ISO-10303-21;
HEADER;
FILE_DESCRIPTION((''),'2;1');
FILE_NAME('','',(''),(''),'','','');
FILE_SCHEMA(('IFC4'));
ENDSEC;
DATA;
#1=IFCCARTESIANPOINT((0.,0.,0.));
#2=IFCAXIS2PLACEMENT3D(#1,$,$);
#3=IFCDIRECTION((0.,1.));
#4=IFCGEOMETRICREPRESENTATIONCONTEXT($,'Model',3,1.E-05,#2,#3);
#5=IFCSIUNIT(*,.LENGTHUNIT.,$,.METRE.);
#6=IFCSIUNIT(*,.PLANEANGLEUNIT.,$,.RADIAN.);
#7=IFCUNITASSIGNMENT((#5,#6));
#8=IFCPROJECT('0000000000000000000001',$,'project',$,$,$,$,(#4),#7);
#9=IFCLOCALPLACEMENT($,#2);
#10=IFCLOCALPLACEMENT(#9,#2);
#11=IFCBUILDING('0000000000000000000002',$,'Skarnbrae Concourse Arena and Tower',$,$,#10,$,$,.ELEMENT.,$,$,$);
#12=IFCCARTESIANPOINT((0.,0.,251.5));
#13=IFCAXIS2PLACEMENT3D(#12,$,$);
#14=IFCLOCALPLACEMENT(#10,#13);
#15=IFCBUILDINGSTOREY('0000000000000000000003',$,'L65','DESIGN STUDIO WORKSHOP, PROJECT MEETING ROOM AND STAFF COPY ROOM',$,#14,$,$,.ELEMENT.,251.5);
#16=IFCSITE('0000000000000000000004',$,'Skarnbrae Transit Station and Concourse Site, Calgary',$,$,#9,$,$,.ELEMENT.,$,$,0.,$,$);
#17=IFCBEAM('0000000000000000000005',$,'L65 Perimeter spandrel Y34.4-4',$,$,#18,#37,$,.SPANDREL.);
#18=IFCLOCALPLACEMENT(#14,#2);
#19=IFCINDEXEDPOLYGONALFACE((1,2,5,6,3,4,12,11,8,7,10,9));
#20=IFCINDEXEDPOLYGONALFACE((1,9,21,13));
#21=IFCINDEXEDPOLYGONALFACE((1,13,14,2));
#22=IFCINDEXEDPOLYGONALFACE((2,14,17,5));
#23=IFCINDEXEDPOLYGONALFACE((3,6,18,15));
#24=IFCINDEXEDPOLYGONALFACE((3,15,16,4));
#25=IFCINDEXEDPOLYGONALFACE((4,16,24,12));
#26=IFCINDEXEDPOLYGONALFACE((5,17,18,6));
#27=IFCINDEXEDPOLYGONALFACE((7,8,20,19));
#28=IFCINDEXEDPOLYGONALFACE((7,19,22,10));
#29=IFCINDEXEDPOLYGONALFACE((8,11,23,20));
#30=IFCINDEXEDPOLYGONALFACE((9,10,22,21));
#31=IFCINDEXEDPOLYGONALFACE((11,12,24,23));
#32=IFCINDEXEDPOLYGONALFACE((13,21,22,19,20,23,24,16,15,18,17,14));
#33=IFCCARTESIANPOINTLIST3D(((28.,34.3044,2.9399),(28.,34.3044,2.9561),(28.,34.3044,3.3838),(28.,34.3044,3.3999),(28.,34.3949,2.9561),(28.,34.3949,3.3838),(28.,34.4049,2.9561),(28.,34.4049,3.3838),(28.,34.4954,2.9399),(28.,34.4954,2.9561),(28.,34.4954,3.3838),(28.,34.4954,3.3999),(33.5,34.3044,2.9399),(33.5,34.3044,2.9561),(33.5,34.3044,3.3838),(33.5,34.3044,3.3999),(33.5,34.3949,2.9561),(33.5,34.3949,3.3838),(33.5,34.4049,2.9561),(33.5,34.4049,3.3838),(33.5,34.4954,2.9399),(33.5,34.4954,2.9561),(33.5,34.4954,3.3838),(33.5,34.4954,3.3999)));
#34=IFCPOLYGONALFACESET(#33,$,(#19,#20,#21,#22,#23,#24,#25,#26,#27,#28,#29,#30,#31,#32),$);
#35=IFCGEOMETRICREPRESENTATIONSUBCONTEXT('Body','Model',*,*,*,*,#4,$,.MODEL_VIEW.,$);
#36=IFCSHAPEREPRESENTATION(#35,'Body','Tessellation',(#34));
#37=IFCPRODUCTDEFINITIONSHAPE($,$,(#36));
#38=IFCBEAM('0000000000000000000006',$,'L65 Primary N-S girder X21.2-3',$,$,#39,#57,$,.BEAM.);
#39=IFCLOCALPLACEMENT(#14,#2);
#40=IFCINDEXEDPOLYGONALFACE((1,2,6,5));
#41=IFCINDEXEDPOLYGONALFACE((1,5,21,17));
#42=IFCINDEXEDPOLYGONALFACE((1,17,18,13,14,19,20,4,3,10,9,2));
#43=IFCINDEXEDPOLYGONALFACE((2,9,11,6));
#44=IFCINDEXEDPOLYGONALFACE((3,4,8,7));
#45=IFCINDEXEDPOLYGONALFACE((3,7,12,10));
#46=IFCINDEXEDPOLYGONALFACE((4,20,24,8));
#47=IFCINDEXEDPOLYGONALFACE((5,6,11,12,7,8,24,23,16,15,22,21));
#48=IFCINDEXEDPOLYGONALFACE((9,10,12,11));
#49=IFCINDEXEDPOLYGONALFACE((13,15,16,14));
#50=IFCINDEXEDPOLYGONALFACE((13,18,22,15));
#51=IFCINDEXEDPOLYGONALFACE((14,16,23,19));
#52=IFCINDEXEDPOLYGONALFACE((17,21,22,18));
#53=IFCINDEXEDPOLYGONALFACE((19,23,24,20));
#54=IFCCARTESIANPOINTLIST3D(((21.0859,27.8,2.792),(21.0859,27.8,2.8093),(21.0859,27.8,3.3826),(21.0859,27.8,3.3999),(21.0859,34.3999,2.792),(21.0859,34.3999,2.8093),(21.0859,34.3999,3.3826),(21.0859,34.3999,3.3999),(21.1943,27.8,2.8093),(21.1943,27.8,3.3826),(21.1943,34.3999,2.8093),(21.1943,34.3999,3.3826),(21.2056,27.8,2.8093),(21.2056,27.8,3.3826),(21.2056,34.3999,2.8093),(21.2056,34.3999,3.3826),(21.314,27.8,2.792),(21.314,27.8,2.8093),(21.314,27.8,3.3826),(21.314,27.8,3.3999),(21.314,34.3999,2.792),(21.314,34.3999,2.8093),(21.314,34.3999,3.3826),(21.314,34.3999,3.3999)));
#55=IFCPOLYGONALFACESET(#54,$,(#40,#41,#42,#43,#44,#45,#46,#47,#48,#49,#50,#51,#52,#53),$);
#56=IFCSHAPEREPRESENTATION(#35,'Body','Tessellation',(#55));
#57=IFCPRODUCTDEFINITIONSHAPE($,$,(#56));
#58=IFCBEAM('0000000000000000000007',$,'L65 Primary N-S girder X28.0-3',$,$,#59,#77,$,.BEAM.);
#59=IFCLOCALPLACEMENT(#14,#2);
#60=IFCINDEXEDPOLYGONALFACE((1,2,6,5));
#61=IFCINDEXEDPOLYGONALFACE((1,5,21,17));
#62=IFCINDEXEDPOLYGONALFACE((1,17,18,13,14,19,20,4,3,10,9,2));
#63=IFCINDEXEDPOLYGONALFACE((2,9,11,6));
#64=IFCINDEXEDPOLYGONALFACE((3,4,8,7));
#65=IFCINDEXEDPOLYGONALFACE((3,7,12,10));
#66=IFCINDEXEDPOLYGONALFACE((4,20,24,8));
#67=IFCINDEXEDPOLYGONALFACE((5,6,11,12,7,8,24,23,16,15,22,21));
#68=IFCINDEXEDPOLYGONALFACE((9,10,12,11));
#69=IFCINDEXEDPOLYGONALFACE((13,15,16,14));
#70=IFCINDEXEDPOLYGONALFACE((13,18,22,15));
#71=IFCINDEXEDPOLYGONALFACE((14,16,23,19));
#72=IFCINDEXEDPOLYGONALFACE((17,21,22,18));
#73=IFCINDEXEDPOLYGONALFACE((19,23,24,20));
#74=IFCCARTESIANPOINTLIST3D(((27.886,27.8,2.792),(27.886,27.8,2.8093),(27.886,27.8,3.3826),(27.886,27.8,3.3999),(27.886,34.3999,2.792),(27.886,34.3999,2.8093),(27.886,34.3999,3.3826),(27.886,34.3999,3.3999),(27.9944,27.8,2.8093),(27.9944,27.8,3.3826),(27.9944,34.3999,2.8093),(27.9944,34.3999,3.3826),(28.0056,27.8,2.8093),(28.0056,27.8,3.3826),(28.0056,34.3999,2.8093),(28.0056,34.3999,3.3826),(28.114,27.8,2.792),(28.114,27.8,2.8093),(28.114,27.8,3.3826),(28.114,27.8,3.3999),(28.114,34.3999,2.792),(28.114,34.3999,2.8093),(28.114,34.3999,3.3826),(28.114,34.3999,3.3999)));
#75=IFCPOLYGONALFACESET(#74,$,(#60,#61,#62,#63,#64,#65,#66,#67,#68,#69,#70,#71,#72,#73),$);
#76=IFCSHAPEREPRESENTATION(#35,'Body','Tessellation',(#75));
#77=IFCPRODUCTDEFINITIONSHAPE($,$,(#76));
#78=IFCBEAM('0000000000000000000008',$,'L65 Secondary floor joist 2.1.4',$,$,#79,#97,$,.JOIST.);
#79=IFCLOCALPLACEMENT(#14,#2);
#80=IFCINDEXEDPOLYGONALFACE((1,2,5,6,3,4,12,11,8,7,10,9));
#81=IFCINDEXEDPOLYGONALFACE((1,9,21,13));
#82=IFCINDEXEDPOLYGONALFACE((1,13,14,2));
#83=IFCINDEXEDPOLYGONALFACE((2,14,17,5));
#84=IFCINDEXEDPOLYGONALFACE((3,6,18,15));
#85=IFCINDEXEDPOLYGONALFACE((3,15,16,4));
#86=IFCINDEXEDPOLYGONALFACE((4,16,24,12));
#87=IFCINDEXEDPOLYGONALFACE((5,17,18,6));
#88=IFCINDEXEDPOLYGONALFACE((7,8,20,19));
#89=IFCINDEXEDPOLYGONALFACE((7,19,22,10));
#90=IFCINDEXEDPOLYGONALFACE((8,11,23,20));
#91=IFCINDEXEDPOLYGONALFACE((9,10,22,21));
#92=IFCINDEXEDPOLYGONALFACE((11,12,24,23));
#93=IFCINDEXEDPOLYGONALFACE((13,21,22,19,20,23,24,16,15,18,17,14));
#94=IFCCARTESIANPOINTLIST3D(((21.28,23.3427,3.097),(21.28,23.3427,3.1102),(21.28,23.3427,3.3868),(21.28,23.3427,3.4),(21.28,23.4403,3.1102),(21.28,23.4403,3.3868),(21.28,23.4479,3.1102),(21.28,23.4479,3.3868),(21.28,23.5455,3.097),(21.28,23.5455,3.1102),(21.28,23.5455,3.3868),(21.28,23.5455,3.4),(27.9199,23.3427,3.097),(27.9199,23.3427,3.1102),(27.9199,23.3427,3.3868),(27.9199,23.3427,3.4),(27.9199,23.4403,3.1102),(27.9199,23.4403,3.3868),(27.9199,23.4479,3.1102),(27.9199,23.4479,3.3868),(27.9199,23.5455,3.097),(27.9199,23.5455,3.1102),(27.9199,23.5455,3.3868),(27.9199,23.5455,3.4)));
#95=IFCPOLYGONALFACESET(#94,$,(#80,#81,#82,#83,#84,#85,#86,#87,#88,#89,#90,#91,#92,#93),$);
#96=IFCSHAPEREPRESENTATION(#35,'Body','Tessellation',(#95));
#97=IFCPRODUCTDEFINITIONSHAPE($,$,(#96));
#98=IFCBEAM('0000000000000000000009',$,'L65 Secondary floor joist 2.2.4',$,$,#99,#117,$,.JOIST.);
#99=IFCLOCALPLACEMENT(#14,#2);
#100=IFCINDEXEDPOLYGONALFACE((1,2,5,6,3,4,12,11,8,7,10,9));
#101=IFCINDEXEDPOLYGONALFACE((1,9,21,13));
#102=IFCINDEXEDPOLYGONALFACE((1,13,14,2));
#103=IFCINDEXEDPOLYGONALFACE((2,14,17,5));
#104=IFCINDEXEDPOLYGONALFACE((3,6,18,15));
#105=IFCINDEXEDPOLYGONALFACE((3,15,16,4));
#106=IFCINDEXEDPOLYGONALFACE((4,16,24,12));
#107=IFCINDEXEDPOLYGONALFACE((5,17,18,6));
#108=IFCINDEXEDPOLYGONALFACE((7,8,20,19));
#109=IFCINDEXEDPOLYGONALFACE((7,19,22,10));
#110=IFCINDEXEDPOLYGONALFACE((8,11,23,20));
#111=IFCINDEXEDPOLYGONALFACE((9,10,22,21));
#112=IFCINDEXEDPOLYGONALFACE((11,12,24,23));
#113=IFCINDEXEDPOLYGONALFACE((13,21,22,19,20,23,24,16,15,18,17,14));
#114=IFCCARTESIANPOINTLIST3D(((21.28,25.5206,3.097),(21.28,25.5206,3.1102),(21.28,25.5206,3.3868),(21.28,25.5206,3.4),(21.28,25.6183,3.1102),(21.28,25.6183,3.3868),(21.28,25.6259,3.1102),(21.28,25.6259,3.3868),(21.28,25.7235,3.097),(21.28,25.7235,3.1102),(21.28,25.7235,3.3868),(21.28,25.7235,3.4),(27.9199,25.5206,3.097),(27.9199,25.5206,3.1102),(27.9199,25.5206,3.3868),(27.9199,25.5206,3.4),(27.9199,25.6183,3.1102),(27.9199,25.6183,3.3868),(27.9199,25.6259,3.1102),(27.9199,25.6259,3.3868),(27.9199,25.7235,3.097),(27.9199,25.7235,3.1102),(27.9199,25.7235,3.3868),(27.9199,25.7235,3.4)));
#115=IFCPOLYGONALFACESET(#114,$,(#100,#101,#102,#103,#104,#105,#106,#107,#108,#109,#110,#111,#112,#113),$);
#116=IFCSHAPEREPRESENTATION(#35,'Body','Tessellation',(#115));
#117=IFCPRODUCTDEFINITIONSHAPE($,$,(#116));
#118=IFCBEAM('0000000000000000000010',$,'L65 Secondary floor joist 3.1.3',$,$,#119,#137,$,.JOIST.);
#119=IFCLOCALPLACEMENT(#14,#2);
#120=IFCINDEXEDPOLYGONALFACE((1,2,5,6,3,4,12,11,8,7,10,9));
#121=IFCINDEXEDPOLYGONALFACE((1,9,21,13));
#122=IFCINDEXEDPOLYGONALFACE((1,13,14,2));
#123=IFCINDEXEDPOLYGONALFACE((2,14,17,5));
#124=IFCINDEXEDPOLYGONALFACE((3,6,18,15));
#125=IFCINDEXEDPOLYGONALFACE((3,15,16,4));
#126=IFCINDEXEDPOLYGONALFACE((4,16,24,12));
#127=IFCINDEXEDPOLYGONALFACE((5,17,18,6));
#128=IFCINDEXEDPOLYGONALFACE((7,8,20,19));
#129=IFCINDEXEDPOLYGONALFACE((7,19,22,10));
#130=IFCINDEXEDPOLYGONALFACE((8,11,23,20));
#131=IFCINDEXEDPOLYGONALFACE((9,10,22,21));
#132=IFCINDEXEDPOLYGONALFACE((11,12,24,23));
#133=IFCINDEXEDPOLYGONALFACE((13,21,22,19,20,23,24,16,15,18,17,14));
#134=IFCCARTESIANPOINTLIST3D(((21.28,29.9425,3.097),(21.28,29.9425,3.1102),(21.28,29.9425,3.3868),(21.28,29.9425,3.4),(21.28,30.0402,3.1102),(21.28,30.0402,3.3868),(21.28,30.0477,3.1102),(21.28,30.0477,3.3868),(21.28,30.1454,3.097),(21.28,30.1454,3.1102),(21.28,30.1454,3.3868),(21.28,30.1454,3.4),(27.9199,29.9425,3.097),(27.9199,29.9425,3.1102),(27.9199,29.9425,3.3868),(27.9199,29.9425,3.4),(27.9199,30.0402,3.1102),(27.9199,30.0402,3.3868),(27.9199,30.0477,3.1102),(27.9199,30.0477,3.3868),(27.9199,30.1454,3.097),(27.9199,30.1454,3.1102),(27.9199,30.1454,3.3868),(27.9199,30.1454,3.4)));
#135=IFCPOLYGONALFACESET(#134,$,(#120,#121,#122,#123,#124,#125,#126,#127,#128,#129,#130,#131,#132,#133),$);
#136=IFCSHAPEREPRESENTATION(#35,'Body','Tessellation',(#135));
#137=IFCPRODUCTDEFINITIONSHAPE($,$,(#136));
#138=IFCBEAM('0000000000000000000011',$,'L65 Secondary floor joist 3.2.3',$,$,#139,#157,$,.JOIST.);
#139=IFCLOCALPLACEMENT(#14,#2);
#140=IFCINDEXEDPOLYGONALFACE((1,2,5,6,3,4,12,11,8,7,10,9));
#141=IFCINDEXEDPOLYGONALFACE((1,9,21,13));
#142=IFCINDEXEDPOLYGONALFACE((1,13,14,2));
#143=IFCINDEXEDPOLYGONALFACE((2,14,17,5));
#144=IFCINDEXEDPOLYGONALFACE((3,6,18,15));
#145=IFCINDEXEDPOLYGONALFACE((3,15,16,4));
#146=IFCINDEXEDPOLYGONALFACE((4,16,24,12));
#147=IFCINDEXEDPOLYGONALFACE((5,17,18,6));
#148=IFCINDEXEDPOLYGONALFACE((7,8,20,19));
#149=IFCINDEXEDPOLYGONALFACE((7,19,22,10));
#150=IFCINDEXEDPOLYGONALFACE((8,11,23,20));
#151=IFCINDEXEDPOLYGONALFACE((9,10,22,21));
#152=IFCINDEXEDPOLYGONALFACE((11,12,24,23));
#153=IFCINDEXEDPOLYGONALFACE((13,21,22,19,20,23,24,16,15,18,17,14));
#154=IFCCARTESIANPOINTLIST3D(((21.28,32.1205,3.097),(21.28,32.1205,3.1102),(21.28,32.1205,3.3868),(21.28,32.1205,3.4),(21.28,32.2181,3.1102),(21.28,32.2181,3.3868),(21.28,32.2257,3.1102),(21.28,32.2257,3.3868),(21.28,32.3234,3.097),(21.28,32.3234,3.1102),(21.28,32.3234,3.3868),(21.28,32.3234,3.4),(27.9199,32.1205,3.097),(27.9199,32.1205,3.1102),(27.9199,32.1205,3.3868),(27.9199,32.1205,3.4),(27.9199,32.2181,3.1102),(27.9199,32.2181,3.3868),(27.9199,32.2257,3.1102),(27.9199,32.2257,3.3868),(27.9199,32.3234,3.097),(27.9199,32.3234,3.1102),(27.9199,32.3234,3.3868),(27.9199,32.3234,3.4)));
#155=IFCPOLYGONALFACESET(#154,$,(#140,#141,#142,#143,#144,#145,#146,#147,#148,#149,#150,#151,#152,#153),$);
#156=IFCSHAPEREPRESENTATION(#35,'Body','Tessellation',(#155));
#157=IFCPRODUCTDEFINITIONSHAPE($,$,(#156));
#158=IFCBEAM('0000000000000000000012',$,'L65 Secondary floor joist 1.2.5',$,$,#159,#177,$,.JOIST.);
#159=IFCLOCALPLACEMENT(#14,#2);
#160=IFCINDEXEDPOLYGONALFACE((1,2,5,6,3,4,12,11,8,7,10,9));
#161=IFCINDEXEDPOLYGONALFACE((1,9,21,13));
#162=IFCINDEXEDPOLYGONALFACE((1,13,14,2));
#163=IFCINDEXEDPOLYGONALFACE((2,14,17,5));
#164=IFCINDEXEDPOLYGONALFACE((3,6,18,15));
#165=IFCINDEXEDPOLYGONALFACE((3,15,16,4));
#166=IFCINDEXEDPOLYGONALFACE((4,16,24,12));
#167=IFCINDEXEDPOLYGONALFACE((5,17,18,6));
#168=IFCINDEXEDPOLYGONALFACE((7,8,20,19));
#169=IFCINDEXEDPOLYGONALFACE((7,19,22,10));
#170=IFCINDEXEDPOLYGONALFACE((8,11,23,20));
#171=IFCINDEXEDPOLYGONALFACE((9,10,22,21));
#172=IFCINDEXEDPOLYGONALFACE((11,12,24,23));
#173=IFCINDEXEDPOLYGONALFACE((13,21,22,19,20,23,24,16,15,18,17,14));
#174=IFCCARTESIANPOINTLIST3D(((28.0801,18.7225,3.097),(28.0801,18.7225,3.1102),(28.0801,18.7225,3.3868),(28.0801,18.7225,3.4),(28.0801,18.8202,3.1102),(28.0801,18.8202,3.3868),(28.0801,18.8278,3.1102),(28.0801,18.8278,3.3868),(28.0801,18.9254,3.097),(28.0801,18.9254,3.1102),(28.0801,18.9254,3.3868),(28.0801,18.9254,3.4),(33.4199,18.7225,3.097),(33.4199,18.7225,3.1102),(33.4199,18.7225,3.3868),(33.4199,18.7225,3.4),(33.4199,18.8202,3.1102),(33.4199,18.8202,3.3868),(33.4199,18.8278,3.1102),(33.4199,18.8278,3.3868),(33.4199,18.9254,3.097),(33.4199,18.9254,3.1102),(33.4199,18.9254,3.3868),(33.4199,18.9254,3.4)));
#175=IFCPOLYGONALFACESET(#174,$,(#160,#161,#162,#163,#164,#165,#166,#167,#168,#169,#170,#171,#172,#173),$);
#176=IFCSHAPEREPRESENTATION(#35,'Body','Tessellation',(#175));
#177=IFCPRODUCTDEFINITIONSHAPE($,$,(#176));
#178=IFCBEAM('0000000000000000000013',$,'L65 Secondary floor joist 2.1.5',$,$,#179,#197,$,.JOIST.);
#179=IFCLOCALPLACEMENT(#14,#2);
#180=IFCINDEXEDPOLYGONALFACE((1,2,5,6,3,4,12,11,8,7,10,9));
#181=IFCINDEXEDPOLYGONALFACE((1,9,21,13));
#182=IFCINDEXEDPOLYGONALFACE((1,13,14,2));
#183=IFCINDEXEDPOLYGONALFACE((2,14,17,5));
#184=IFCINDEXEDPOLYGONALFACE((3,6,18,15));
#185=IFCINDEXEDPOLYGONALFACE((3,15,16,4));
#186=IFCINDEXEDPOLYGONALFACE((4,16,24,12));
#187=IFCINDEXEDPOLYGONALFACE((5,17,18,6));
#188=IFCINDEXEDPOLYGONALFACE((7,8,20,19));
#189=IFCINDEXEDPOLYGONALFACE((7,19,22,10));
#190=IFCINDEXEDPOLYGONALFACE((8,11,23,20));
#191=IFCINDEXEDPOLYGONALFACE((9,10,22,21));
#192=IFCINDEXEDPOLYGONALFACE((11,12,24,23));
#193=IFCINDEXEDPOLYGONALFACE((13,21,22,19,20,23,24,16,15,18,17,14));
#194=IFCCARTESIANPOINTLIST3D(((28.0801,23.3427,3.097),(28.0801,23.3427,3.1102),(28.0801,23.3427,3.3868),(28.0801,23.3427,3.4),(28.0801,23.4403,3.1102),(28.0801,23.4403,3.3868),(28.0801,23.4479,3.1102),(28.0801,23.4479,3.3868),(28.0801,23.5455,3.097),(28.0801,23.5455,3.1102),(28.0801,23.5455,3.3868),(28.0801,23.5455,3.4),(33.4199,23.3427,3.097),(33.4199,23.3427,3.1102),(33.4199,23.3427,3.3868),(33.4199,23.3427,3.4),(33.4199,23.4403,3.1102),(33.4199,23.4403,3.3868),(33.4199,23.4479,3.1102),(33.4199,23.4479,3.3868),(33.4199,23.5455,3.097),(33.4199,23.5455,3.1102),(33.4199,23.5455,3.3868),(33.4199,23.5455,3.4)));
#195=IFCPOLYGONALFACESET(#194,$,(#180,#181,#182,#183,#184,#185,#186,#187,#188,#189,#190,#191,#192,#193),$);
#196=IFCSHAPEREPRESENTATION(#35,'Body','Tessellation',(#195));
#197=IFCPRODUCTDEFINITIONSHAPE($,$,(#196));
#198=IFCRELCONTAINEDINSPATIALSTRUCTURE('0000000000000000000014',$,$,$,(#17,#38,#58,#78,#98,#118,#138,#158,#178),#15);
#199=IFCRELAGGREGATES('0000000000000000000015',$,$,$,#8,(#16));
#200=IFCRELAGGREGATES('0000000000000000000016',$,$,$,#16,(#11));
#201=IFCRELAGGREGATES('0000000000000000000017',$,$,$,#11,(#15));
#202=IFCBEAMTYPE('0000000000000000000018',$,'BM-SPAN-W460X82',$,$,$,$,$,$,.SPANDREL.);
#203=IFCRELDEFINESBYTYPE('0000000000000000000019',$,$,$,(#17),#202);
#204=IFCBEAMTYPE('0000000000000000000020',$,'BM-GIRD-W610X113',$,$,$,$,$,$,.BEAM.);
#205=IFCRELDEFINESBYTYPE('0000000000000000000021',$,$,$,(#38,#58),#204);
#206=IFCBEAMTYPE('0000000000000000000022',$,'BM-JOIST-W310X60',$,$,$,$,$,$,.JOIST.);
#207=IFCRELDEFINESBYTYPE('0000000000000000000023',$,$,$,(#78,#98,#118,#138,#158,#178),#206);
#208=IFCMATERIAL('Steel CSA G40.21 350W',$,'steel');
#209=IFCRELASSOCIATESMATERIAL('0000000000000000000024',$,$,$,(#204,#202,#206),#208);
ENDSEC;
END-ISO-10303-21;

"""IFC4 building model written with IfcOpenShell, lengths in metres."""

from ifc_helpers import new_model, si_unit, direction, frame, origin, origin_2d, place, context, subcontext, project, spatial, i_section, extrude, source, transform, mapped, material, material_profile, profile_set, type_object, element, save


model = new_model("IFC4")

# Units and contexts
model_context = context("Model", 3, precision=1e-05, world=origin(), true_north=direction((0.0, 1.0)))
body_context = subcontext(model_context, "Body", "Model", "MODEL_VIEW")
ifc_project = project(units=[si_unit("LENGTHUNIT", "METRE"), si_unit("PLANEANGLEUNIT", "RADIAN")], contexts=[model_context])

# Site, building, storey
site_placement = place(None, origin())
site = spatial("IfcSite", under=ifc_project, at=site_placement, Name="Skarnbrae Transit Station and Concourse Site, Calgary", CompositionType="ELEMENT", RefElevation=0.0)
building_placement = place(site_placement, origin())
building = spatial("IfcBuilding", under=site, at=building_placement, Name="Skarnbrae Concourse Arena and Tower", CompositionType="ELEMENT")
storey_placement = place(building_placement, frame((0.0, 0.0, 251.5)))
storey = spatial("IfcBuildingStorey", under=building, at=storey_placement, Name="L65", Description="DESIGN STUDIO WORKSHOP, PROJECT MEETING ROOM AND STAFF COPY ROOM", CompositionType="ELEMENT", Elevation=251.5)

# Shared definitions
ifc_material_1 = material(Name="Steel CSA G40.21 350W", Category="steel")

# Beams
ifc_material_profile_1 = material_profile(ifc_material_1, i_section(OverallWidth=0.228, OverallDepth=0.6079, WebThickness=0.0112, FlangeThickness=0.0173, at=origin_2d()), Name="W610X113")
ifc_profile_set_1 = profile_set([ifc_material_profile_1], Name="Steel CSA G40.21 350W")
beam_type_1 = type_object("IfcBeamType", Name="BM-GIRD-W610X113", PredefinedType="BEAM", material=ifc_profile_set_1)
ifc_material_profile_2 = material_profile(ifc_material_1, i_section(OverallWidth=0.1909, OverallDepth=0.46, WebThickness=0.01, FlangeThickness=0.0161, at=origin_2d()), Name="W460X82")
ifc_profile_set_2 = profile_set([ifc_material_profile_2], Name="Steel CSA G40.21 350W")
beam_type_2 = type_object("IfcBeamType", Name="BM-SPAN-W460X82", PredefinedType="SPANDREL", material=ifc_profile_set_2)
shared_shape_1 = source(origin(), body_context, "Body", "SweptSolid", [
    extrude(i_section(OverallWidth=0.1909, OverallDepth=0.46, WebThickness=0.01, FlangeThickness=0.0161, at=origin_2d()), origin(), (0.0, 0.0, 1.0), 5.5),
])
beam_1_placement = place(storey_placement, frame((28.0, 34.3999, 3.1699), z_axis=(1.0, 0.0, 0.0), x_axis=(0.0, 1.0, 0.0)))
element("IfcBeam", 1, at=beam_1_placement, inside=storey, type_object=beam_type_2, Name="L65 Perimeter spandrel Y34.4-4", PredefinedType="SPANDREL", context=body_context, shape_type="MappedRepresentation", body=[
    mapped(shared_shape_1, transform((0.0, 0.0, 0.0))),
])
shared_shape_2 = source(origin(), body_context, "Body", "SweptSolid", [
    extrude(i_section(OverallWidth=0.228, OverallDepth=0.6079, WebThickness=0.0112, FlangeThickness=0.0173, at=origin_2d()), origin(), (0.0, 0.0, 1.0), 6.5999),
])
for number, where, z_axis, x_axis, name in (
    (2, (21.2, 27.8, 3.0959), (0.0, 1.0, 0.0), (-1.0, 0.0, 0.0), "L65 Primary N-S girder X21.2-3"),
    (3, (28.0, 27.8, 3.0959), (0.0, 1.0, 0.0), (-1.0, 0.0, 0.0), "L65 Primary N-S girder X28.0-3"),
):
    element("IfcBeam", number, at=place(storey_placement, frame(where, z_axis=z_axis, x_axis=x_axis)), inside=storey, type_object=beam_type_1, Name=name, PredefinedType="BEAM", context=body_context, shape_type="MappedRepresentation", body=[
        mapped(shared_shape_2, transform((0.0, 0.0, 0.0))),
    ])
ifc_material_profile_3 = material_profile(ifc_material_1, i_section(OverallWidth=0.2029, OverallDepth=0.303, WebThickness=0.0076, FlangeThickness=0.0132, at=origin_2d()), Name="W310X60")
ifc_profile_set_3 = profile_set([ifc_material_profile_3], Name="Steel CSA G40.21 350W")
beam_type_3 = type_object("IfcBeamType", Name="BM-JOIST-W310X60", PredefinedType="JOIST", material=ifc_profile_set_3)
shared_shape_3 = source(origin(), body_context, "Body", "SweptSolid", [
    extrude(i_section(OverallWidth=0.2029, OverallDepth=0.303, WebThickness=0.0076, FlangeThickness=0.0132, at=origin_2d()), origin(), (0.0, 0.0, 1.0), 6.6399),
])
for number, where, z_axis, x_axis, name in (
    (4, (21.28, 23.4441, 3.2485), (1.0, 0.0, 0.0), (0.0, 1.0, 0.0), "L65 Secondary floor joist 2.1.4"),
    (5, (21.28, 25.6221, 3.2485), (1.0, 0.0, 0.0), (0.0, 1.0, 0.0), "L65 Secondary floor joist 2.2.4"),
    (6, (21.28, 30.0439, 3.2485), (1.0, 0.0, 0.0), (0.0, 1.0, 0.0), "L65 Secondary floor joist 3.1.3"),
    (7, (21.28, 32.2219, 3.2485), (1.0, 0.0, 0.0), (0.0, 1.0, 0.0), "L65 Secondary floor joist 3.2.3"),
):
    element("IfcBeam", number, at=place(storey_placement, frame(where, z_axis=z_axis, x_axis=x_axis)), inside=storey, type_object=beam_type_3, Name=name, PredefinedType="JOIST", context=body_context, shape_type="MappedRepresentation", body=[
        mapped(shared_shape_3, transform((0.0, 0.0, 0.0))),
    ])
shared_shape_4 = source(origin(), body_context, "Body", "SweptSolid", [
    extrude(i_section(OverallWidth=0.2029, OverallDepth=0.303, WebThickness=0.0076, FlangeThickness=0.0132, at=origin_2d()), origin(), (0.0, 0.0, 1.0), 5.3398),
])
for number, where, z_axis, x_axis, name in (
    (8, (28.0801, 18.824, 3.2485), (1.0, 0.0, 0.0), (0.0, 1.0, 0.0), "L65 Secondary floor joist 1.2.5"),
    (9, (28.0801, 23.4441, 3.2485), (1.0, 0.0, 0.0), (0.0, 1.0, 0.0), "L65 Secondary floor joist 2.1.5"),
):
    element("IfcBeam", number, at=place(storey_placement, frame(where, z_axis=z_axis, x_axis=x_axis)), inside=storey, type_object=beam_type_3, Name=name, PredefinedType="JOIST", context=body_context, shape_type="MappedRepresentation", body=[
        mapped(shared_shape_4, transform((0.0, 0.0, 0.0))),
    ])

save(model, "model.ifc")
